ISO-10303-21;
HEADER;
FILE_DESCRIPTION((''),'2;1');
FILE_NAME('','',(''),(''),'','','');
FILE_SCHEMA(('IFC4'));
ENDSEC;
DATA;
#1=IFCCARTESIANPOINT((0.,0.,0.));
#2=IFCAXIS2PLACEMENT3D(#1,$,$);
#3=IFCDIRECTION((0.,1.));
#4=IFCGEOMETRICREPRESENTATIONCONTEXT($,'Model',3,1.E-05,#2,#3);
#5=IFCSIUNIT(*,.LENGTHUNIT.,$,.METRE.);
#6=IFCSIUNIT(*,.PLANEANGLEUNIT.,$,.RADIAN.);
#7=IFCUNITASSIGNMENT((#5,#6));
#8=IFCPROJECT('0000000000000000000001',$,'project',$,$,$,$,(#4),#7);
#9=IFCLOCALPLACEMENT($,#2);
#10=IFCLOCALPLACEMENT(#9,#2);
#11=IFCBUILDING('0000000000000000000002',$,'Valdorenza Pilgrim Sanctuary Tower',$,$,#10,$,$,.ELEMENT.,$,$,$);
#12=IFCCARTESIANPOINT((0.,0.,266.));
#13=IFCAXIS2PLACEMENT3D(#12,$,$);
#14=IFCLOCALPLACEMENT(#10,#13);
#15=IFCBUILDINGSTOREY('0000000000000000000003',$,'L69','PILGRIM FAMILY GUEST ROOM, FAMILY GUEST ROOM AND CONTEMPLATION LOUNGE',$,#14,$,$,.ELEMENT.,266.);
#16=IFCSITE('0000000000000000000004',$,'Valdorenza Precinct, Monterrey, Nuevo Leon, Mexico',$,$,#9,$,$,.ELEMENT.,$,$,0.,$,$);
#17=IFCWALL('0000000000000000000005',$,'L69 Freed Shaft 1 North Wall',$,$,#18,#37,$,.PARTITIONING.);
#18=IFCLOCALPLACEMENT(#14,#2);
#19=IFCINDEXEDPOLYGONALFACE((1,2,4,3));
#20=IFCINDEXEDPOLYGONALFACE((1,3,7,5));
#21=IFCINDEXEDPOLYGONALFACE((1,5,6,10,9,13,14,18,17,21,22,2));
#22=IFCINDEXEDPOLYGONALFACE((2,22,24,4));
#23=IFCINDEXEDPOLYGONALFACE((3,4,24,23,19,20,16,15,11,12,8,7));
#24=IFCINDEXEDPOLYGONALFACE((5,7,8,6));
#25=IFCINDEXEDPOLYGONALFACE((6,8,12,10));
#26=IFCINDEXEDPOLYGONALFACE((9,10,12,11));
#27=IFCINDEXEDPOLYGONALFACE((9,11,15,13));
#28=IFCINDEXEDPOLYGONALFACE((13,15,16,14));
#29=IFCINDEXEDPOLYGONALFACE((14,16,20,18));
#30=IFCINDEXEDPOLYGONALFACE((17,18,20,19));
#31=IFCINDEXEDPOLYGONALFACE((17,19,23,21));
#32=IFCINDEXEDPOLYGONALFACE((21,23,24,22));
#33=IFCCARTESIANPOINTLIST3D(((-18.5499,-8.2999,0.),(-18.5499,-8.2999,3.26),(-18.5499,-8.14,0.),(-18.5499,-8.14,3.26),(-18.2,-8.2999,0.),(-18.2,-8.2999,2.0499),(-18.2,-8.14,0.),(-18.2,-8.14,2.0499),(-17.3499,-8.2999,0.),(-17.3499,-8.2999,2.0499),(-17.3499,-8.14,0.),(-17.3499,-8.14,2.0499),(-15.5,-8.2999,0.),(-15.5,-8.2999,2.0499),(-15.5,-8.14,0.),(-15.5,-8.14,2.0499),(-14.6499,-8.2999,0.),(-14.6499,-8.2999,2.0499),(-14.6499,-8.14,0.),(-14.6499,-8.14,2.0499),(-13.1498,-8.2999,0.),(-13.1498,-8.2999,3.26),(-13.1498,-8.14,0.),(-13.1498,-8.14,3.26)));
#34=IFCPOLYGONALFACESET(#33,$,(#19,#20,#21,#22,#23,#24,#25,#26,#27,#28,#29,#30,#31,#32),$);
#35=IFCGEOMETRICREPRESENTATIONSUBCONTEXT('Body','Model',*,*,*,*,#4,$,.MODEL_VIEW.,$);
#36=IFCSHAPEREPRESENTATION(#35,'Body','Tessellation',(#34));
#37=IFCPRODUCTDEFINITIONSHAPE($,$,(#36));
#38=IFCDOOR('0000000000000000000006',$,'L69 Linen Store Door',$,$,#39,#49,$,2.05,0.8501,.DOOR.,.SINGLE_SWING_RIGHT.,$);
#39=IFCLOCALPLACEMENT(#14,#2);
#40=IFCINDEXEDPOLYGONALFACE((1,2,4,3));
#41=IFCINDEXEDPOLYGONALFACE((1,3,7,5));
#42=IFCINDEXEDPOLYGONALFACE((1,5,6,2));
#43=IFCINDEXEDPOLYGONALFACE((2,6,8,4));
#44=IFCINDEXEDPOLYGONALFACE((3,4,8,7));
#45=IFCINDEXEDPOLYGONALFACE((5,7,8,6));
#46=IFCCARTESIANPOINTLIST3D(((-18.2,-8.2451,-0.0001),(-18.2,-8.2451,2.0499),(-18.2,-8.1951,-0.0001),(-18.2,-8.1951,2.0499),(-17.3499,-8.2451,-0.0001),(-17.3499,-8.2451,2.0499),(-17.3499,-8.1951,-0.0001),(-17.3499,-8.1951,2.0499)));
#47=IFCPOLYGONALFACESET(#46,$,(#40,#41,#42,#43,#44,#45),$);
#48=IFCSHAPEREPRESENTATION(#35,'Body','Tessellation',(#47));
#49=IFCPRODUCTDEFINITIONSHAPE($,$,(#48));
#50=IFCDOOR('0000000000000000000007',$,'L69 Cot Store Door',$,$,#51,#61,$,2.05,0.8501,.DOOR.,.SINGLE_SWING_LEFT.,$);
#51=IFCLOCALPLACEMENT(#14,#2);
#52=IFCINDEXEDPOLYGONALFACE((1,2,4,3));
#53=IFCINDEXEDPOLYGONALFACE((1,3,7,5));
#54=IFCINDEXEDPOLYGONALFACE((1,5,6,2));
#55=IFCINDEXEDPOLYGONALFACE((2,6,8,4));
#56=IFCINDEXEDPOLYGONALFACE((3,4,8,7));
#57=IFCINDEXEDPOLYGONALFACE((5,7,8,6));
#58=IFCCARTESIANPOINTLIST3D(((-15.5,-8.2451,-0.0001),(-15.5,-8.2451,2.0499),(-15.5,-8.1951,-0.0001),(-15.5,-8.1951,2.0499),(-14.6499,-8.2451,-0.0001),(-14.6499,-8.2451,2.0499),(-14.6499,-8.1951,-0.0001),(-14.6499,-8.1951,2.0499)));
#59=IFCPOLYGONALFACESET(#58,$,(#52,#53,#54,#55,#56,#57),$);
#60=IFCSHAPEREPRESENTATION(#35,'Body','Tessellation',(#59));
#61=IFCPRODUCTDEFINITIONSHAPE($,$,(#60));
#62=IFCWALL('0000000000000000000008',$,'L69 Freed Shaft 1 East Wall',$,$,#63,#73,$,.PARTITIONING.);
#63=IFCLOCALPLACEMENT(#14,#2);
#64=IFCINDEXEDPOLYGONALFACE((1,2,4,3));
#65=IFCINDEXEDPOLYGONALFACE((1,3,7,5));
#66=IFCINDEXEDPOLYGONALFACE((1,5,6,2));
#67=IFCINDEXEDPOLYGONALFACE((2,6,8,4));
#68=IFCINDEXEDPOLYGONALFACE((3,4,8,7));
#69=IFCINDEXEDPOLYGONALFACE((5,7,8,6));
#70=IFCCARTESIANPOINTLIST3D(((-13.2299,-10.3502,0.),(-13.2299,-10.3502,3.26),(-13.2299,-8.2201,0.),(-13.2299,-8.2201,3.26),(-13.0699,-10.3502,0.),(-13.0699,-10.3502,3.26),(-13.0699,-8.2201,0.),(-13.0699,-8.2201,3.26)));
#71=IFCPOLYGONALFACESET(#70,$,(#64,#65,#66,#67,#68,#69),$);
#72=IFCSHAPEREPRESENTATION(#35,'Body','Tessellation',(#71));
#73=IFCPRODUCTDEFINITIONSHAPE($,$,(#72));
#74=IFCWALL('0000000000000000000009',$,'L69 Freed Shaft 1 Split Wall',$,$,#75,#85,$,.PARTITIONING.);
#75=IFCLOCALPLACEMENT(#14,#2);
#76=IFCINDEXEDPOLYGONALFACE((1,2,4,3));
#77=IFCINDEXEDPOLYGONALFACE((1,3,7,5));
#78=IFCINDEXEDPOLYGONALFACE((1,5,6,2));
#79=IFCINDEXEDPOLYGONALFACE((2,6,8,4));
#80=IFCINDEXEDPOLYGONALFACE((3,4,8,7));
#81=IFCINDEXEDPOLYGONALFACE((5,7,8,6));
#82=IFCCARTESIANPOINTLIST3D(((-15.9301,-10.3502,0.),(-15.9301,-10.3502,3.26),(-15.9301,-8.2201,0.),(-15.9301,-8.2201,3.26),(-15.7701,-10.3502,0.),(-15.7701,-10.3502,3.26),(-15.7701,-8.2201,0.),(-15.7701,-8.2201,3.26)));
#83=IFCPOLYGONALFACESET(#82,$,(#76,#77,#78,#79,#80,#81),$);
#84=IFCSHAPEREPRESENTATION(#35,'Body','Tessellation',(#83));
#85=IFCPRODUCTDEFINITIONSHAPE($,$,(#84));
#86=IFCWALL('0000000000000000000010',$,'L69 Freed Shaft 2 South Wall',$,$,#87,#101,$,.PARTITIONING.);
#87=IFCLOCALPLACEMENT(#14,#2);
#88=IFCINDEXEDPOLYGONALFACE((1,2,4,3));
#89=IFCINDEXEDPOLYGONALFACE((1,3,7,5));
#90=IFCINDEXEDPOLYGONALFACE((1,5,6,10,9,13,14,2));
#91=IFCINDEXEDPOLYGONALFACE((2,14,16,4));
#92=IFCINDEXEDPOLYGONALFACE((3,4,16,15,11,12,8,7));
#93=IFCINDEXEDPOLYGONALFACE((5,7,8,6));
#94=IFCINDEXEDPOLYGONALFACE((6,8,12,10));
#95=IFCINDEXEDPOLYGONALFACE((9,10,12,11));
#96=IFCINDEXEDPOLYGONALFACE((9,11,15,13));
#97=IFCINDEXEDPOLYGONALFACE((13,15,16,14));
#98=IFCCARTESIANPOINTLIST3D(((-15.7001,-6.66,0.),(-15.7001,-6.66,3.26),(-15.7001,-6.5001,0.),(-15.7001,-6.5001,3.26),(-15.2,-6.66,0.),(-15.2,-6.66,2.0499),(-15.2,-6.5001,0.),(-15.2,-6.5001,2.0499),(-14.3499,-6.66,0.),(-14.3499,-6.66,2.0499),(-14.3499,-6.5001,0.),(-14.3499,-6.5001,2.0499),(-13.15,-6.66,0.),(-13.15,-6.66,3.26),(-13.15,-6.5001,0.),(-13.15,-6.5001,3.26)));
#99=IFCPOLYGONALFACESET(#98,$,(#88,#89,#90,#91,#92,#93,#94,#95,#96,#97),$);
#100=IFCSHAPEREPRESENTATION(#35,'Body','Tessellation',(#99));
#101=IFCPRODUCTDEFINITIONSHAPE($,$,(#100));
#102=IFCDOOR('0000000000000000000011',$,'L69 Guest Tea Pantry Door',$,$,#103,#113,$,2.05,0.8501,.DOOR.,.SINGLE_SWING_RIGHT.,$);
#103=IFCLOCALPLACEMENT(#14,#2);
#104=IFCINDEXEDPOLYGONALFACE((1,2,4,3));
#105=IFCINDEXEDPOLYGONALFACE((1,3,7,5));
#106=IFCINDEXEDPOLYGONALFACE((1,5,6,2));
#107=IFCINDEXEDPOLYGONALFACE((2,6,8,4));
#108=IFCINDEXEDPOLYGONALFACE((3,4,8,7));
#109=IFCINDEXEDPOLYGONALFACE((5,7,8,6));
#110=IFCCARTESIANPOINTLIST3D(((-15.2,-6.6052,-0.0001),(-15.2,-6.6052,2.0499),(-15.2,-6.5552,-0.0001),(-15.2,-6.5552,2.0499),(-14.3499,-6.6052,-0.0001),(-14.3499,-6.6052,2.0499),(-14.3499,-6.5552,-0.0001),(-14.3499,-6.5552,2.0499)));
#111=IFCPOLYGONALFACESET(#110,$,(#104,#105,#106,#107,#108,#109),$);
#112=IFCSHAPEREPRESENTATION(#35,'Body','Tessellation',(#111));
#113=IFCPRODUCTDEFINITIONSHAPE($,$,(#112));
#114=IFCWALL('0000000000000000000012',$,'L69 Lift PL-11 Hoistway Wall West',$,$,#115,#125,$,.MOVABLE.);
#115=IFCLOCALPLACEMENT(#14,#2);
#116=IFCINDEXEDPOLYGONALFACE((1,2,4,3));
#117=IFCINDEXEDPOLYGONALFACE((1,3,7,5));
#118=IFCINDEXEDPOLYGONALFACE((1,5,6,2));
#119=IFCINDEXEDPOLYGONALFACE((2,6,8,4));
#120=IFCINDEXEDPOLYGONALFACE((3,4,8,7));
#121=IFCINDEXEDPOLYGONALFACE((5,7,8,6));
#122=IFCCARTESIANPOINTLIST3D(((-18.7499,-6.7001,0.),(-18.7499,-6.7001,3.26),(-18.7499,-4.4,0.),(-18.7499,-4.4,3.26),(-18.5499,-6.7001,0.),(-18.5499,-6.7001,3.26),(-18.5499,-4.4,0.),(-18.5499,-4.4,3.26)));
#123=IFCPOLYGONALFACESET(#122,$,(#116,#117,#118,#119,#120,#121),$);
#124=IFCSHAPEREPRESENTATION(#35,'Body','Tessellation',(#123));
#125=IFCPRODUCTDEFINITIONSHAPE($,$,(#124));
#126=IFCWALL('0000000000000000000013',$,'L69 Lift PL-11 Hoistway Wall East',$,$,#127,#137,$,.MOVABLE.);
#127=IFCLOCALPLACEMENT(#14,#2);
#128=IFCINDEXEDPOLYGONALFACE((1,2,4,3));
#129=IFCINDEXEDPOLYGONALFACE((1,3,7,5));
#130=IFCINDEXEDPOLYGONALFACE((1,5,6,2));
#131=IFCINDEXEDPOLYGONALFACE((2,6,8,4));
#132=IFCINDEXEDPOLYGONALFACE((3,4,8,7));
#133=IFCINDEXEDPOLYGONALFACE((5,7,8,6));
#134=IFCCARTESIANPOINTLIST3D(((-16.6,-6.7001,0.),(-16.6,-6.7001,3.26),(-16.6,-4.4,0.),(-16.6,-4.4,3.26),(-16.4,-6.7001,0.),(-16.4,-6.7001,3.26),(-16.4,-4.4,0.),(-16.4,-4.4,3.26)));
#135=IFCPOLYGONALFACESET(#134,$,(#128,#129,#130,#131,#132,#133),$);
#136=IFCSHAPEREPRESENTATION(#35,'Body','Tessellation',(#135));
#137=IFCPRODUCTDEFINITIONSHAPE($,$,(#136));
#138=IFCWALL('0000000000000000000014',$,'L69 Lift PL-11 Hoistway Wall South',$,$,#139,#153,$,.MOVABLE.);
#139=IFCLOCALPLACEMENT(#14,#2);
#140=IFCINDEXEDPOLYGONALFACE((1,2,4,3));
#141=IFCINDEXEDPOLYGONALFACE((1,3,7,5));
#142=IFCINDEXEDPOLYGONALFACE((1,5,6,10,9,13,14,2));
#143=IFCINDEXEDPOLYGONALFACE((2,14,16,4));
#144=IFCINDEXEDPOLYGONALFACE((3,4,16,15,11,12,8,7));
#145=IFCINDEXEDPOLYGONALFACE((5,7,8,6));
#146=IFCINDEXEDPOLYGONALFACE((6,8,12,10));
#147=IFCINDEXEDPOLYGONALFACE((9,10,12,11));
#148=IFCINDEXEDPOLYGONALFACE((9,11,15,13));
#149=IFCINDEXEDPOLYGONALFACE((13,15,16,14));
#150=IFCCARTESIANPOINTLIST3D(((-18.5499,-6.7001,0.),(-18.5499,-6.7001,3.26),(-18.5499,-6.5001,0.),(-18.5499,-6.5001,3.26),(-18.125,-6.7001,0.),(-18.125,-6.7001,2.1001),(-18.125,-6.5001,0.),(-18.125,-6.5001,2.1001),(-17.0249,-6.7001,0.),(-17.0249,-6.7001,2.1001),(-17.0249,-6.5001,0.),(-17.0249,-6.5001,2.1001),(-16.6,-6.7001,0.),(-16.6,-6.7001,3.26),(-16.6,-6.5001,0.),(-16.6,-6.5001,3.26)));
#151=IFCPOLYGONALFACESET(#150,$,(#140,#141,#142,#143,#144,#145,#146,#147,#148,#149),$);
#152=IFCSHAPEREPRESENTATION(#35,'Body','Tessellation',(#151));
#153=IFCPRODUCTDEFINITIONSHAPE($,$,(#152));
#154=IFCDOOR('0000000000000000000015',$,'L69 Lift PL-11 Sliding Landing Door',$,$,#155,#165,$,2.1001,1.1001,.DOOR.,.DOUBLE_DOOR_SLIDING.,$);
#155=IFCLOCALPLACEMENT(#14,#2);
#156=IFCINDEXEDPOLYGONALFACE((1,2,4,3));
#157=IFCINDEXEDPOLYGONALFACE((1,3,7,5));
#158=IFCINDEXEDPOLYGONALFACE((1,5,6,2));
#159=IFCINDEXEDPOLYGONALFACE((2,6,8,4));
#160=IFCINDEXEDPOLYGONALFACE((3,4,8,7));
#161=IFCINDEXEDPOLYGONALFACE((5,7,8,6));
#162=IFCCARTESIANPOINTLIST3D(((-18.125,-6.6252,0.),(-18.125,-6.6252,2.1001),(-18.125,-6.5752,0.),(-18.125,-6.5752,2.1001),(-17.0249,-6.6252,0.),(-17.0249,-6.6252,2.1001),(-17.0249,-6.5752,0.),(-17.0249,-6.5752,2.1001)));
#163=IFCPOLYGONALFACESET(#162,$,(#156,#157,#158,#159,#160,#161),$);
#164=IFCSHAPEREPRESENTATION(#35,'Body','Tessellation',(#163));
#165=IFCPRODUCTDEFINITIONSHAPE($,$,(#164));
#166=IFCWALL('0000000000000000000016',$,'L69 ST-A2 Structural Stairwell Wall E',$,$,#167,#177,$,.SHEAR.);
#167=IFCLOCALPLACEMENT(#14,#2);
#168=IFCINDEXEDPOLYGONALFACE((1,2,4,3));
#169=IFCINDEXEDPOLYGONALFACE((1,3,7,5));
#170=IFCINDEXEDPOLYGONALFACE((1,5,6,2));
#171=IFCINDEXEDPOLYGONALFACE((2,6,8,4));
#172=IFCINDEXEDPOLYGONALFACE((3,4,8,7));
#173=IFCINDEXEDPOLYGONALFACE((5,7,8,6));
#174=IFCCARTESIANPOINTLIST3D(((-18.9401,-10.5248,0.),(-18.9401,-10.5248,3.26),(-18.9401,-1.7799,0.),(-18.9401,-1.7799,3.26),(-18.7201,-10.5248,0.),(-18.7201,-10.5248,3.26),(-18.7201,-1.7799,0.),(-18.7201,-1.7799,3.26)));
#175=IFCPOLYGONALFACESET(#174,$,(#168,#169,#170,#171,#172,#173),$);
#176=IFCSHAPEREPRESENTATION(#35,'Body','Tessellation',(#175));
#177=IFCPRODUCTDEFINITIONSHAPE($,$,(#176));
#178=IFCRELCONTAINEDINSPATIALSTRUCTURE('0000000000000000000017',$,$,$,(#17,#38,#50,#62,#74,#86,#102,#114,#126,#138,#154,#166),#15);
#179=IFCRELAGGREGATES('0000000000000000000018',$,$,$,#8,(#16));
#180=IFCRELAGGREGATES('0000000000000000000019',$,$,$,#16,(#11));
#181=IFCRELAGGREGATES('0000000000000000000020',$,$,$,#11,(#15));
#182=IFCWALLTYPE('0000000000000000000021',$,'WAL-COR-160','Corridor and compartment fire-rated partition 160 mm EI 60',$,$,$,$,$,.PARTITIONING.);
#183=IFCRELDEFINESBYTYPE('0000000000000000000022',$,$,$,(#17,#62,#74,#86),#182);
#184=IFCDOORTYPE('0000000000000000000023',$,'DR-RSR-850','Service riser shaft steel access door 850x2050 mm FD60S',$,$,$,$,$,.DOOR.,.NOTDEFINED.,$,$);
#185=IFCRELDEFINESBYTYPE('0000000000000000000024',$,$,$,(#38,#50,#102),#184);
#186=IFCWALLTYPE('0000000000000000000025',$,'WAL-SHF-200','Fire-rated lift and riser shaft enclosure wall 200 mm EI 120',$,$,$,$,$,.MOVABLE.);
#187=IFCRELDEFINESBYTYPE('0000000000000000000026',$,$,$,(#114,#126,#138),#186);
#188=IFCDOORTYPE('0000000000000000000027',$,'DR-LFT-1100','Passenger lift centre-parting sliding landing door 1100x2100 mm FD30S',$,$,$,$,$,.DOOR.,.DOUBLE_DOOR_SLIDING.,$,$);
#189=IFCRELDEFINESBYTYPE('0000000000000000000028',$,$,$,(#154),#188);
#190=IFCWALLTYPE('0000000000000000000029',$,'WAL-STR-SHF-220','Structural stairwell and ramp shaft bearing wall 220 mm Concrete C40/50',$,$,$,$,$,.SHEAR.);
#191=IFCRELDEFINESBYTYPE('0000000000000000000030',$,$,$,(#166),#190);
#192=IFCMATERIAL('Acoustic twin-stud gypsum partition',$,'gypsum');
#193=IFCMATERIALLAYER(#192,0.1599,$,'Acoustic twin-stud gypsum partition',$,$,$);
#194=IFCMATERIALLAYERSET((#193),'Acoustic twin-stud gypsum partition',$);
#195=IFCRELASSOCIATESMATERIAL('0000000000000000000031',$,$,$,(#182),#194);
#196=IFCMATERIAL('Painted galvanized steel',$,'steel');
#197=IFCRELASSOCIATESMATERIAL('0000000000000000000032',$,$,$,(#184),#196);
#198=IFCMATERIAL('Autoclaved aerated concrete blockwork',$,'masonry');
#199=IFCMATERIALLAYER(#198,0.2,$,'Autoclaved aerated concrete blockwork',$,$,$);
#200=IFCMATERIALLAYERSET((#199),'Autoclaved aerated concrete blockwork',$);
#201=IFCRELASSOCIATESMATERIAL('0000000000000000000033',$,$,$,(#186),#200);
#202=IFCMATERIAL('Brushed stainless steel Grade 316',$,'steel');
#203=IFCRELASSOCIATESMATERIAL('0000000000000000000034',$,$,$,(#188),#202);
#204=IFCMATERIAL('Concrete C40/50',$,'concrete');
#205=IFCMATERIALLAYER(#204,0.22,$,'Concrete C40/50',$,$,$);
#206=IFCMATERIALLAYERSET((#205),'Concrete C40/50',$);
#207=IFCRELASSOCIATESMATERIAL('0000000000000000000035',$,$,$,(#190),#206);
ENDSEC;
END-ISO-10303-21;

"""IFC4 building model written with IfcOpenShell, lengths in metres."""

from ifc_helpers import new_model, si_unit, direction, frame, frame_2d, origin, place, context, subcontext, project, spatial, rectangle, extrude, material, layer, layer_set, type_object, element, fill, save


model = new_model("IFC4")

# Units and contexts
model_context = context("Model", 3, precision=1e-05, world=origin(), true_north=direction((0.0, 1.0)))
body_context = subcontext(model_context, "Body", "Model", "MODEL_VIEW")
ifc_project = project(units=[si_unit("LENGTHUNIT", "METRE"), si_unit("PLANEANGLEUNIT", "RADIAN")], contexts=[model_context])

# Site, building, storey
site_placement = place(None, origin())
site = spatial("IfcSite", under=ifc_project, at=site_placement, Name="Valdorenza Precinct, Monterrey, Nuevo Leon, Mexico", CompositionType="ELEMENT", RefElevation=0.0)
building_placement = place(site_placement, origin())
building = spatial("IfcBuilding", under=site, at=building_placement, Name="Valdorenza Pilgrim Sanctuary Tower", CompositionType="ELEMENT")
storey_placement = place(building_placement, frame((0.0, 0.0, 266.0)))
storey = spatial("IfcBuildingStorey", under=building, at=storey_placement, Name="L69", Description="PILGRIM FAMILY GUEST ROOM, FAMILY GUEST ROOM AND CONTEMPLATION LOUNGE", CompositionType="ELEMENT", Elevation=266.0)

# Shared definitions
ifc_material_1 = material(Name="Acoustic twin-stud gypsum partition", Category="gypsum")
ifc_layer_1 = layer(ifc_material_1, 0.1599, Name="Acoustic twin-stud gypsum partition")
ifc_layer_set_1 = layer_set([ifc_layer_1], Name="Acoustic twin-stud gypsum partition")
wall_type_1 = type_object("IfcWallType", Name="WAL-COR-160", Description="Corridor and compartment fire-rated partition 160 mm EI 60", PredefinedType="PARTITIONING", material=ifc_layer_set_1)

# Wall, openings, doors
wall_1_placement = place(storey_placement, frame((-18.55, -8.22, 0.0), z_axis=(0.0, 0.0, 1.0), x_axis=(1.0, 0.0, 0.0)))
wall_1 = element("IfcWall", 1, at=wall_1_placement, inside=storey, type_object=wall_type_1, Name="L69 Freed Shaft 1 North Wall", PredefinedType="PARTITIONING", context=body_context, shape_type="SweptSolid", body=[
    extrude(rectangle(XDim=5.4001, YDim=0.1599, at=frame_2d((2.7002, 0.0))), origin(), (0.0, 0.0, 1.0), 3.26),
])
opening_1_placement = place(wall_1_placement, frame((0.3501, 0.0, 0.0)))
opening_1 = element("IfcOpeningElement", 2, at=opening_1_placement, cuts=wall_1, PredefinedType="OPENING", context=body_context, shape_type="SweptSolid", body=[
    extrude(rectangle(XDim=0.8501, YDim=2.05, at=frame_2d((0.425, 1.0249))), frame((0.0, 0.0947, 0.0), z_axis=(0.0, -1.0, 0.0), x_axis=(1.0, 0.0, 0.0)), (0.0, 0.0, 1.0), 0.1897),
])
opening_2_placement = place(wall_1_placement, frame((3.05, 0.0, 0.0)))
opening_2 = element("IfcOpeningElement", 3, at=opening_2_placement, cuts=wall_1, PredefinedType="OPENING", context=body_context, shape_type="SweptSolid", body=[
    extrude(rectangle(XDim=0.8501, YDim=2.05, at=frame_2d((0.425, 1.0249))), frame((0.0, 0.0947, 0.0), z_axis=(0.0, -1.0, 0.0), x_axis=(1.0, 0.0, 0.0)), (0.0, 0.0, 1.0), 0.1897),
])
ifc_material_2 = material(Name="Painted galvanized steel", Category="steel")
door_type_1 = type_object("IfcDoorType", Name="DR-RSR-850", Description="Service riser shaft steel access door 850x2050 mm FD60S", OperationType="NOTDEFINED", PredefinedType="DOOR", material=ifc_material_2)
door_1_placement = place(opening_1_placement, origin())
door_1 = element("IfcDoor", 4, at=door_1_placement, inside=storey, type_object=door_type_1, Name="L69 Linen Store Door", OperationType="SINGLE_SWING_RIGHT", OverallHeight=2.05, OverallWidth=0.8501, PredefinedType="DOOR", context=body_context, shape_type="SweptSolid", body=[
    extrude(rectangle(XDim=0.8501, YDim=2.05, at=frame_2d((0.425, 1.0249))), frame((0.0, 0.0249, 0.0), z_axis=(0.0, -1.0, 0.0), x_axis=(1.0, 0.0, 0.0)), (0.0, 0.0, 1.0), 0.05),
])
fill(opening_1, door_1)
door_2_placement = place(opening_2_placement, origin())
door_2 = element("IfcDoor", 5, at=door_2_placement, inside=storey, type_object=door_type_1, Name="L69 Cot Store Door", OperationType="SINGLE_SWING_LEFT", OverallHeight=2.05, OverallWidth=0.8501, PredefinedType="DOOR", context=body_context, shape_type="SweptSolid", body=[
    extrude(rectangle(XDim=0.8501, YDim=2.05, at=frame_2d((0.425, 1.0249))), frame((0.0, 0.0249, 0.0), z_axis=(0.0, -1.0, 0.0), x_axis=(1.0, 0.0, 0.0)), (0.0, 0.0, 1.0), 0.05),
])
fill(opening_2, door_2)

# Walls
for number, where, z_axis, x_axis, name in (
    (6, (-13.1499, -10.3501, 0.0), (0.0, 0.0, 1.0), (0.0, 1.0, 0.0), "L69 Freed Shaft 1 East Wall"),
    (7, (-15.8501, -10.3501, 0.0), (0.0, 0.0, 1.0), (0.0, 1.0, 0.0), "L69 Freed Shaft 1 Split Wall"),
):
    element("IfcWall", number, at=place(storey_placement, frame(where, z_axis=z_axis, x_axis=x_axis)), inside=storey, type_object=wall_type_1, Name=name, PredefinedType="PARTITIONING", context=body_context, shape_type="SweptSolid", body=[
        extrude(rectangle(XDim=2.1301, YDim=0.1599, at=frame_2d((1.0649, 0.0))), origin(), (0.0, 0.0, 1.0), 3.26),
    ])

# Wall, opening, door
wall_2_placement = place(storey_placement, frame((-15.7, -6.5801, 0.0), z_axis=(0.0, 0.0, 1.0), x_axis=(1.0, 0.0, 0.0)))
wall_2 = element("IfcWall", 8, at=wall_2_placement, inside=storey, type_object=wall_type_1, Name="L69 Freed Shaft 2 South Wall", PredefinedType="PARTITIONING", context=body_context, shape_type="SweptSolid", body=[
    extrude(rectangle(XDim=2.55, YDim=0.1599, at=frame_2d((1.2749, 0.0))), origin(), (0.0, 0.0, 1.0), 3.26),
])
opening_3_placement = place(wall_2_placement, frame((0.5, 0.0, 0.0)))
opening_3 = element("IfcOpeningElement", 9, at=opening_3_placement, cuts=wall_2, PredefinedType="OPENING", context=body_context, shape_type="SweptSolid", body=[
    extrude(rectangle(XDim=0.8501, YDim=2.05, at=frame_2d((0.425, 1.0249))), frame((0.0, 0.0947, 0.0), z_axis=(0.0, -1.0, 0.0), x_axis=(1.0, 0.0, 0.0)), (0.0, 0.0, 1.0), 0.1897),
])
door_3_placement = place(opening_3_placement, origin())
door_3 = element("IfcDoor", 10, at=door_3_placement, inside=storey, type_object=door_type_1, Name="L69 Guest Tea Pantry Door", OperationType="SINGLE_SWING_RIGHT", OverallHeight=2.05, OverallWidth=0.8501, PredefinedType="DOOR", context=body_context, shape_type="SweptSolid", body=[
    extrude(rectangle(XDim=0.8501, YDim=2.05, at=frame_2d((0.425, 1.0249))), frame((0.0, 0.0249, 0.0), z_axis=(0.0, -1.0, 0.0), x_axis=(1.0, 0.0, 0.0)), (0.0, 0.0, 1.0), 0.05),
])
fill(opening_3, door_3)

# Walls
ifc_material_3 = material(Name="Autoclaved aerated concrete blockwork", Category="masonry")
ifc_layer_2 = layer(ifc_material_3, 0.2, Name="Autoclaved aerated concrete blockwork")
ifc_layer_set_2 = layer_set([ifc_layer_2], Name="Autoclaved aerated concrete blockwork")
wall_type_2 = type_object("IfcWallType", Name="WAL-SHF-200", Description="Fire-rated lift and riser shaft enclosure wall 200 mm EI 120", PredefinedType="MOVABLE", material=ifc_layer_set_2)
for number, where, z_axis, x_axis, name in (
    (11, (-18.6499, -6.7, 0.0), (0.0, 0.0, 1.0), (0.0, 1.0, 0.0), "L69 Lift PL-11 Hoistway Wall West"),
    (12, (-16.5, -6.7, 0.0), (0.0, 0.0, 1.0), (0.0, 1.0, 0.0), "L69 Lift PL-11 Hoistway Wall East"),
):
    element("IfcWall", number, at=place(storey_placement, frame(where, z_axis=z_axis, x_axis=x_axis)), inside=storey, type_object=wall_type_2, Name=name, PredefinedType="MOVABLE", context=body_context, shape_type="SweptSolid", body=[
        extrude(rectangle(XDim=2.3, YDim=0.2, at=frame_2d((1.1499, 0.0))), origin(), (0.0, 0.0, 1.0), 3.26),
    ])

# Wall, opening, door
wall_3_placement = place(storey_placement, frame((-18.55, -6.6001, 0.0), z_axis=(0.0, 0.0, 1.0), x_axis=(1.0, 0.0, 0.0)))
wall_3 = element("IfcWall", 13, at=wall_3_placement, inside=storey, type_object=wall_type_2, Name="L69 Lift PL-11 Hoistway Wall South", PredefinedType="MOVABLE", context=body_context, shape_type="SweptSolid", body=[
    extrude(rectangle(XDim=1.95, YDim=0.2, at=frame_2d((0.9751, 0.0))), origin(), (0.0, 0.0, 1.0), 3.26),
])
opening_4_placement = place(wall_3_placement, frame((0.425, 0.0, 0.0)))
opening_4 = element("IfcOpeningElement", 14, at=opening_4_placement, cuts=wall_3, PredefinedType="OPENING", context=body_context, shape_type="SweptSolid", body=[
    extrude(rectangle(XDim=1.1001, YDim=2.1001, at=frame_2d((0.55, 1.05))), frame((0.0, 0.1147, 0.0), z_axis=(0.0, -1.0, 0.0), x_axis=(1.0, 0.0, 0.0)), (0.0, 0.0, 1.0), 0.2297),
])
ifc_material_4 = material(Name="Brushed stainless steel Grade 316", Category="steel")
door_type_2 = type_object("IfcDoorType", Name="DR-LFT-1100", Description="Passenger lift centre-parting sliding landing door 1100x2100 mm FD30S", OperationType="DOUBLE_DOOR_SLIDING", PredefinedType="DOOR", material=ifc_material_4)
door_4_placement = place(opening_4_placement, origin())
door_4 = element("IfcDoor", 15, at=door_4_placement, inside=storey, type_object=door_type_2, Name="L69 Lift PL-11 Sliding Landing Door", OperationType="DOUBLE_DOOR_SLIDING", OverallHeight=2.1001, OverallWidth=1.1001, PredefinedType="DOOR", context=body_context, shape_type="SweptSolid", body=[
    extrude(rectangle(XDim=1.1001, YDim=2.1001, at=frame_2d((0.55, 1.05))), frame((0.0, 0.0249, 0.0), z_axis=(0.0, -1.0, 0.0), x_axis=(1.0, 0.0, 0.0)), (0.0, 0.0, 1.0), 0.05),
])
fill(opening_4, door_4)

# Wall
ifc_material_5 = material(Name="Concrete C40/50", Category="concrete")
ifc_layer_3 = layer(ifc_material_5, 0.22, Name="Concrete C40/50")
ifc_layer_set_3 = layer_set([ifc_layer_3], Name="Concrete C40/50")
wall_type_3 = type_object("IfcWallType", Name="WAL-STR-SHF-220", Description="Structural stairwell and ramp shaft bearing wall 220 mm Concrete C40/50", PredefinedType="SHEAR", material=ifc_layer_set_3)
wall_4_placement = place(storey_placement, frame((-18.8301, -10.5249, 0.0), z_axis=(0.0, 0.0, 1.0), x_axis=(0.0, 1.0, 0.0)))
element("IfcWall", 16, at=wall_4_placement, inside=storey, type_object=wall_type_3, Name="L69 ST-A2 Structural Stairwell Wall E", PredefinedType="SHEAR", context=body_context, shape_type="SweptSolid", body=[
    extrude(rectangle(XDim=8.7449, YDim=0.22, at=frame_2d((4.3726, 0.0))), origin(), (0.0, 0.0, 1.0), 3.26),
])

save(model, "model.ifc")
